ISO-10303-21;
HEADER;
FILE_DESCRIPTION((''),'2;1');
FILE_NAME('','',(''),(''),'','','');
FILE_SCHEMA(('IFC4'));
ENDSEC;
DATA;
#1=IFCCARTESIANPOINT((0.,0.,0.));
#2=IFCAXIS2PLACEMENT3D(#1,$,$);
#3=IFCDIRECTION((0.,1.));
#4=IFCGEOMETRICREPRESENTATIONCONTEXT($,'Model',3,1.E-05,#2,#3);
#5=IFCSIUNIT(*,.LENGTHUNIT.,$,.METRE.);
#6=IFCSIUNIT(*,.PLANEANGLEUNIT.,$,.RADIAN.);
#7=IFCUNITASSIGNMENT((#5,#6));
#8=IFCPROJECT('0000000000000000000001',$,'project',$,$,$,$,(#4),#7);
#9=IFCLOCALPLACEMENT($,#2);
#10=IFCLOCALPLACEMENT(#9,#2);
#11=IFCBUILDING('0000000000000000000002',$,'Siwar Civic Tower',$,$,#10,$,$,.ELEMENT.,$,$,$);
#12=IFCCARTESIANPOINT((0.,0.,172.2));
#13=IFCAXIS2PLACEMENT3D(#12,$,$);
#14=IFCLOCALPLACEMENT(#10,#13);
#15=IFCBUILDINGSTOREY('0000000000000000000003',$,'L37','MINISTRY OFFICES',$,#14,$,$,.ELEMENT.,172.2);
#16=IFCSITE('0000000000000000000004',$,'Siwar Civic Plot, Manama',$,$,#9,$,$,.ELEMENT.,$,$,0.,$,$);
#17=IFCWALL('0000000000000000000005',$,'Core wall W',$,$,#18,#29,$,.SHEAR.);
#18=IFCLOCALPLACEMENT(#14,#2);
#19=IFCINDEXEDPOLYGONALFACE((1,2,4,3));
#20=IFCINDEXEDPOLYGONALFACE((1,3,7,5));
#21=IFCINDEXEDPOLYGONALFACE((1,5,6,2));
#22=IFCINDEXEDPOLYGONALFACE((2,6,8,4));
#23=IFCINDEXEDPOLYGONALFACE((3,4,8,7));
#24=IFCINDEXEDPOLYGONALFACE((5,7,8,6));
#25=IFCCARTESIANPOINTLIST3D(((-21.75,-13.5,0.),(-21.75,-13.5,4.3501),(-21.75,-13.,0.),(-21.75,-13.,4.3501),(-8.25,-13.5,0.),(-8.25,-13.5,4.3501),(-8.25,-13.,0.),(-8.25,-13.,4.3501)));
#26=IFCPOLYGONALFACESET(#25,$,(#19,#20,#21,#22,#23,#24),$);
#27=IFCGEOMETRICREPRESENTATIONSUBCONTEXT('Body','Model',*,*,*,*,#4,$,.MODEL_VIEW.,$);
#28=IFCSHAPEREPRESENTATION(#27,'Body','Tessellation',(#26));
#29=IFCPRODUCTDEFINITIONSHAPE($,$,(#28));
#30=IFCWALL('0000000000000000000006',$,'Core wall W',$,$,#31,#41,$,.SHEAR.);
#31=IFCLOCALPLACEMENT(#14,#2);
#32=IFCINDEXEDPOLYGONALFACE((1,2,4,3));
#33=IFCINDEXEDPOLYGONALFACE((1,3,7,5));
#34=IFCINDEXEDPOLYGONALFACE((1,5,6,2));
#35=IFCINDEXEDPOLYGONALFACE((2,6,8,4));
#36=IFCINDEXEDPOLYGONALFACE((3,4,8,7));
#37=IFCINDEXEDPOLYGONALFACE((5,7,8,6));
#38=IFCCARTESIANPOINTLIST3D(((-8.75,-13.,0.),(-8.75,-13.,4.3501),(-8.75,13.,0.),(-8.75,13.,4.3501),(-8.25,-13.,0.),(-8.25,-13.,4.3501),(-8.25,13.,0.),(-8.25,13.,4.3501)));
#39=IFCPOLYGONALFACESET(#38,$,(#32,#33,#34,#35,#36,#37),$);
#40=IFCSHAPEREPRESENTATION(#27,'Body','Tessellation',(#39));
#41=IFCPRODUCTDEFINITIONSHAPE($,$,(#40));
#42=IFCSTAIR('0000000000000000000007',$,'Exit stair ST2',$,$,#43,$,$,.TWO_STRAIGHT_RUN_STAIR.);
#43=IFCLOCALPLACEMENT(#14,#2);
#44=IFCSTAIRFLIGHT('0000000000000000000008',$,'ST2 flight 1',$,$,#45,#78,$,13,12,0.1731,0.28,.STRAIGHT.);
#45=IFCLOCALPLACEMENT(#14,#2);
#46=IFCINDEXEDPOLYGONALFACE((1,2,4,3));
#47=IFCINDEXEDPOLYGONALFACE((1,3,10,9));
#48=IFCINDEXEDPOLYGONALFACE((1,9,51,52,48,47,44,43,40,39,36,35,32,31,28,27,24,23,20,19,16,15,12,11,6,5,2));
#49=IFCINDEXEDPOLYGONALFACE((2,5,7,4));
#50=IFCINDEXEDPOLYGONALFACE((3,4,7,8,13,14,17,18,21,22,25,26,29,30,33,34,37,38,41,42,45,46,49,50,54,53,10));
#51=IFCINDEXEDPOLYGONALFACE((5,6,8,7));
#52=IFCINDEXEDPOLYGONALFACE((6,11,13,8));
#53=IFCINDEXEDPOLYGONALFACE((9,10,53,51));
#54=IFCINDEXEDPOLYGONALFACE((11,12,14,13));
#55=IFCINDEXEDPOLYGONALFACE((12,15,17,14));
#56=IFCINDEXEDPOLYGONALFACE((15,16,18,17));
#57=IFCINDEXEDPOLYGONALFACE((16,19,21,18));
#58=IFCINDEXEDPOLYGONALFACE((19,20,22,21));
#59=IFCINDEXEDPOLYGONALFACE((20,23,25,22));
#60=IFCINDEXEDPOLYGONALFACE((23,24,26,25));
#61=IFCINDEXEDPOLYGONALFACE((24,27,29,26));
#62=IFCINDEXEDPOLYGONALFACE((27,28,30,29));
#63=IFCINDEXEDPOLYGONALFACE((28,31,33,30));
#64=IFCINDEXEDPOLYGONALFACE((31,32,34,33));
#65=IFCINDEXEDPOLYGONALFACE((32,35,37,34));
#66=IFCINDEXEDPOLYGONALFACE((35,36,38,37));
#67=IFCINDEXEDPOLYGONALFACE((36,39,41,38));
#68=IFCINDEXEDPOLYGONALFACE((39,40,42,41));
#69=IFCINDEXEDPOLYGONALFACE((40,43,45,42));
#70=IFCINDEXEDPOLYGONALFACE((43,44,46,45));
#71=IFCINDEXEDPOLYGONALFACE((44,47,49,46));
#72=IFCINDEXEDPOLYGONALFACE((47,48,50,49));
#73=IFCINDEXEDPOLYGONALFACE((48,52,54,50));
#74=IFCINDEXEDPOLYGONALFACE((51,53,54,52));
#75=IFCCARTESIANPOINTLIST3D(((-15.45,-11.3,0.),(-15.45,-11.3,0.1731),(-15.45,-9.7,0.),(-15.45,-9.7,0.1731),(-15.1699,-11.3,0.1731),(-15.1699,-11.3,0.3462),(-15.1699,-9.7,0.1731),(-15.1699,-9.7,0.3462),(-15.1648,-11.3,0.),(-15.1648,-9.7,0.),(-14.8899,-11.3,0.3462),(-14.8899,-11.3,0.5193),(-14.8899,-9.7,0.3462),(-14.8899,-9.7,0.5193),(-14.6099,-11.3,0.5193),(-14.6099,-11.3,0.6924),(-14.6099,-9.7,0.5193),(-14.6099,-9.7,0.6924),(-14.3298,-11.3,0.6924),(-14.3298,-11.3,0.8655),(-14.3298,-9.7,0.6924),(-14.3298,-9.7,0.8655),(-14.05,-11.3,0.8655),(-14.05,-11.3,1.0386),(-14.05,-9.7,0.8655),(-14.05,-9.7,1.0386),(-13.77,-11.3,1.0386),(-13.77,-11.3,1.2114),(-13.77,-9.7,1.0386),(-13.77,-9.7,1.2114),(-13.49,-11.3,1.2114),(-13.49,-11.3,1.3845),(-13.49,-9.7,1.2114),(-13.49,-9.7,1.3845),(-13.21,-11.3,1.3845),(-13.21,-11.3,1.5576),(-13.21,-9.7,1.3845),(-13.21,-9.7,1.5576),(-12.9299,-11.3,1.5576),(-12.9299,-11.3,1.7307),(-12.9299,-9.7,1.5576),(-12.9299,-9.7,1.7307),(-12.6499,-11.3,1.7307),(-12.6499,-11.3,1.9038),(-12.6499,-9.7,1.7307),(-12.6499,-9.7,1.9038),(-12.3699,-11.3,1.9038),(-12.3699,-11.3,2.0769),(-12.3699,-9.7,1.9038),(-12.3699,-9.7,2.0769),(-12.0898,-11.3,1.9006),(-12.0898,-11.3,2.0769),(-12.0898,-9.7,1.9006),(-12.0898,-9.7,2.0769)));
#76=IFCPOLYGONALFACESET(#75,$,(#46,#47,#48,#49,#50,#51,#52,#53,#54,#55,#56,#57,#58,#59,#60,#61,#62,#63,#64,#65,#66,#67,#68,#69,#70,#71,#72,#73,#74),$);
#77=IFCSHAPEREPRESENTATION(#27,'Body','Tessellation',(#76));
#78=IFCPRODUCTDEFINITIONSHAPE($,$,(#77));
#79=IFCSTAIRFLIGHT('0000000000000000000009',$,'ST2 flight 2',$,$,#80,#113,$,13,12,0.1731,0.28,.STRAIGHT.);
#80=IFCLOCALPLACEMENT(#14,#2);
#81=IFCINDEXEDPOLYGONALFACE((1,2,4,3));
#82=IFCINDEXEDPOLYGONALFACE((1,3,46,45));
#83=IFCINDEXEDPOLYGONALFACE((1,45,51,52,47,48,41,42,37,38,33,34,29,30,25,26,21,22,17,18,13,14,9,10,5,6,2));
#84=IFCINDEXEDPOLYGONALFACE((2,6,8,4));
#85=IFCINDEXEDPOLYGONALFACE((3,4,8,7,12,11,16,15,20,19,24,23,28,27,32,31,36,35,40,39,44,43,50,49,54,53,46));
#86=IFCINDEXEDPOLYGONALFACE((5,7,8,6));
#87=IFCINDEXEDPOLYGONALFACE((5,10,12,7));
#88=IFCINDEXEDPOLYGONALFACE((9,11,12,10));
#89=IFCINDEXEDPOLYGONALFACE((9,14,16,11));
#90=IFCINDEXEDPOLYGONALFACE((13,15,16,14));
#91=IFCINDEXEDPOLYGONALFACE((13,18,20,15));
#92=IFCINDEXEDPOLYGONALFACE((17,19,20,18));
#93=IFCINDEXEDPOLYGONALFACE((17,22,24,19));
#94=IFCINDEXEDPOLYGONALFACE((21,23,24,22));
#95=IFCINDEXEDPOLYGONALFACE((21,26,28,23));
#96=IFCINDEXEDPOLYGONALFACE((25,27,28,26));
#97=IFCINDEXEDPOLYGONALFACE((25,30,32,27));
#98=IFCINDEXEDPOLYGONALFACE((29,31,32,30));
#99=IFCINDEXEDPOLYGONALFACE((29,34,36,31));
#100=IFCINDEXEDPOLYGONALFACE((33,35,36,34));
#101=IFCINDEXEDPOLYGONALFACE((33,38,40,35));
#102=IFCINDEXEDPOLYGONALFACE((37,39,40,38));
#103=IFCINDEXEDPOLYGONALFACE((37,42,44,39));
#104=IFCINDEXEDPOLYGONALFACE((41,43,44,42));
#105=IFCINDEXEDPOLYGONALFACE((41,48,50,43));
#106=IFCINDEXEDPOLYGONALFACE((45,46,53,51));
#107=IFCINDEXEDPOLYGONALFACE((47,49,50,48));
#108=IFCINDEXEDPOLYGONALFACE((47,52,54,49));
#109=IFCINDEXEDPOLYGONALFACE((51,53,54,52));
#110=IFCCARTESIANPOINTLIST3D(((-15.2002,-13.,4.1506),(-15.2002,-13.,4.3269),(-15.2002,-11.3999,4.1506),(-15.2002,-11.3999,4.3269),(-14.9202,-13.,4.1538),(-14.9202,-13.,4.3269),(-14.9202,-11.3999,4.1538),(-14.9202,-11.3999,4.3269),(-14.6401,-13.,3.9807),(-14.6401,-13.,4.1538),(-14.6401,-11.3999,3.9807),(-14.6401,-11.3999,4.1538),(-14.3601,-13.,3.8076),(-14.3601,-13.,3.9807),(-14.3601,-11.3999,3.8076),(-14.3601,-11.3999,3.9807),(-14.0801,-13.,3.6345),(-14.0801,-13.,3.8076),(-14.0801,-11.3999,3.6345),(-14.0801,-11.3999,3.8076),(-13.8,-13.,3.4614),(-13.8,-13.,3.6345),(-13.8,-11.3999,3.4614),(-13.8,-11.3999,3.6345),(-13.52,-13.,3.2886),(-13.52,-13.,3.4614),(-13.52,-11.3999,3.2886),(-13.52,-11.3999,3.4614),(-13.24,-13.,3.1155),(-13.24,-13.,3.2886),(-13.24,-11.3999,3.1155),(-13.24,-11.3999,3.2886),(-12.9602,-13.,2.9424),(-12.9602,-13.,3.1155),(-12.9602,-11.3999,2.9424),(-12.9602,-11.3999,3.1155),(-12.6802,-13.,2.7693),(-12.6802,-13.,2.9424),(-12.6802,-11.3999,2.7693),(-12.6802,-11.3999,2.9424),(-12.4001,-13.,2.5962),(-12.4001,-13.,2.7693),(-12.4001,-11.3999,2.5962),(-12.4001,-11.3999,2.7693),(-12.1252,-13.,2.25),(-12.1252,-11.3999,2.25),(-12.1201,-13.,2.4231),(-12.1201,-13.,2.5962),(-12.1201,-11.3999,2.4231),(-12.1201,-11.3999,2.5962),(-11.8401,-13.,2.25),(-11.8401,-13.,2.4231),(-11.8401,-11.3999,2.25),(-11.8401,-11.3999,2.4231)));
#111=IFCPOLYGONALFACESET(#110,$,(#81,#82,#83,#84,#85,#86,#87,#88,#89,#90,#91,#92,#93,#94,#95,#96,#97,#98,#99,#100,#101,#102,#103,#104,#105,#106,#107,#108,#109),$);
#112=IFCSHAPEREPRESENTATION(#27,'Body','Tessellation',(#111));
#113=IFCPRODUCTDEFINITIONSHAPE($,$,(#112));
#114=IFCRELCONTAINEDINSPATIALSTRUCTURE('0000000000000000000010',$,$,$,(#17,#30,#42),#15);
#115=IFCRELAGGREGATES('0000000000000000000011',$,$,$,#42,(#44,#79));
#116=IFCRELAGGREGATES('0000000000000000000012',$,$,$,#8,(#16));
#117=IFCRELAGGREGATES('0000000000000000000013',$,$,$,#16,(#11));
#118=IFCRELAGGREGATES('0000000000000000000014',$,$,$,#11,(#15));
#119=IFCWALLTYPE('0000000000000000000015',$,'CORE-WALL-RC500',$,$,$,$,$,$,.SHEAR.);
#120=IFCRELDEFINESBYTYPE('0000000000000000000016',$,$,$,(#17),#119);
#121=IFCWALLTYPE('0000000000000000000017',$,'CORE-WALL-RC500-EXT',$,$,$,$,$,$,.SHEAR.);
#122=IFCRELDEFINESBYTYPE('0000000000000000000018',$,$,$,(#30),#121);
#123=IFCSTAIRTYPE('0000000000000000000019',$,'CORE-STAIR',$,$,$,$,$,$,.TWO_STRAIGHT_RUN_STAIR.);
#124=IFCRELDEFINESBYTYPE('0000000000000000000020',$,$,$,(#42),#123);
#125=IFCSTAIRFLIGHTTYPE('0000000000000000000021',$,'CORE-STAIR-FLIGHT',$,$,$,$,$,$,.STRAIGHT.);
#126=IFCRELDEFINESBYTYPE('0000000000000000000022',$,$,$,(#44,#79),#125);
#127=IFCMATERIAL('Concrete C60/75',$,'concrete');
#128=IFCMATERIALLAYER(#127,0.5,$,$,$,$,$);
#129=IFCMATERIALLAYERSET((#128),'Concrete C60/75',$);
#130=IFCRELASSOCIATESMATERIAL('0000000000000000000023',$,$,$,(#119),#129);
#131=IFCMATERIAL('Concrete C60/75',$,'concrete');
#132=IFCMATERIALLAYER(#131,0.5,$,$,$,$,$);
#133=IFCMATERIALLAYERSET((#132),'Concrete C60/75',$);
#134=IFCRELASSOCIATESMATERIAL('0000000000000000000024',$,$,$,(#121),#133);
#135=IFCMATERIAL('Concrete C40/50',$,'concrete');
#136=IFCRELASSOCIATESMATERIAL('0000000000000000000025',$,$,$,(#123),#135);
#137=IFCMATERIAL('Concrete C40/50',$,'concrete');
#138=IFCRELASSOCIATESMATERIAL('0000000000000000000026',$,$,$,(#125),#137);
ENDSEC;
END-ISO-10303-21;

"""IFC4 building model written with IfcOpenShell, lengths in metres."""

from ifc_helpers import new_model, si_unit, direction, frame, frame_2d, origin, place, context, subcontext, project, spatial, polyline, rectangle, outline, extrude, material, layer, layer_set, type_object, element, aggregate, save


model = new_model("IFC4")

# Units and contexts
model_context = context("Model", 3, precision=1e-05, world=origin(), true_north=direction((0.0, 1.0)))
body_context = subcontext(model_context, "Body", "Model", "MODEL_VIEW")
ifc_project = project(units=[si_unit("LENGTHUNIT", "METRE"), si_unit("PLANEANGLEUNIT", "RADIAN")], contexts=[model_context])

# Site, building, storey
site_placement = place(None, origin())
site = spatial("IfcSite", under=ifc_project, at=site_placement, Name="Siwar Civic Plot, Manama", CompositionType="ELEMENT", RefElevation=0.0)
building_placement = place(site_placement, origin())
building = spatial("IfcBuilding", under=site, at=building_placement, Name="Siwar Civic Tower", CompositionType="ELEMENT")
storey_placement = place(building_placement, frame((0.0, 0.0, 172.2)))
storey = spatial("IfcBuildingStorey", under=building, at=storey_placement, Name="L37", Description="MINISTRY OFFICES", CompositionType="ELEMENT", Elevation=172.2)

# Walls
ifc_material_1 = material(Name="Concrete C60/75", Category="concrete")
ifc_layer_1 = layer(ifc_material_1, 0.5)
ifc_layer_set_1 = layer_set([ifc_layer_1], Name="Concrete C60/75")
wall_type_1 = type_object("IfcWallType", Name="CORE-WALL-RC500", PredefinedType="SHEAR", material=ifc_layer_set_1)
wall_1_placement = place(storey_placement, frame((-8.25, -13.25, 0.0), z_axis=(0.0, 0.0, 1.0), x_axis=(-1.0, 0.0, 0.0)))
element("IfcWall", 1, at=wall_1_placement, inside=storey, type_object=wall_type_1, Name="Core wall W", PredefinedType="SHEAR", context=body_context, shape_type="SweptSolid", body=[
    extrude(rectangle(XDim=13.5, YDim=0.5, at=frame_2d((6.75, 0.0))), origin(), (0.0, 0.0, 1.0), 4.3501),
])
ifc_material_2 = material(Name="Concrete C60/75", Category="concrete")
ifc_layer_2 = layer(ifc_material_2, 0.5)
ifc_layer_set_2 = layer_set([ifc_layer_2], Name="Concrete C60/75")
wall_type_2 = type_object("IfcWallType", Name="CORE-WALL-RC500-EXT", PredefinedType="SHEAR", material=ifc_layer_set_2)
wall_2_placement = place(storey_placement, frame((-8.5, -13.0, 0.0), z_axis=(0.0, 0.0, 1.0), x_axis=(0.0, 1.0, 0.0)))
element("IfcWall", 2, at=wall_2_placement, inside=storey, type_object=wall_type_2, Name="Core wall W", PredefinedType="SHEAR", context=body_context, shape_type="SweptSolid", body=[
    extrude(rectangle(XDim=26.0, YDim=0.5, at=frame_2d((13.0, 0.0))), origin(), (0.0, 0.0, 1.0), 4.3501),
])

# Stair, stair flights
ifc_material_3 = material(Name="Concrete C40/50", Category="concrete")
stair_type = type_object("IfcStairType", Name="CORE-STAIR", PredefinedType="TWO_STRAIGHT_RUN_STAIR", material=ifc_material_3)
stair_placement = place(storey_placement, origin())
stair = element("IfcStair", 3, at=stair_placement, inside=storey, type_object=stair_type, Name="Exit stair ST2", PredefinedType="TWO_STRAIGHT_RUN_STAIR")
ifc_material_4 = material(Name="Concrete C40/50", Category="concrete")
stair_flight_type = type_object("IfcStairFlightType", Name="CORE-STAIR-FLIGHT", PredefinedType="STRAIGHT", material=ifc_material_4)
stair_flight_1_placement = place(storey_placement, frame((-15.45, -10.5, 0.0), z_axis=(0.0, 0.0, 1.0), x_axis=(1.0, 0.0, 0.0)))
stair_flight_1 = element("IfcStairFlight", 4, at=stair_flight_1_placement, type_object=stair_flight_type, Name="ST2 flight 1", NumberOfRisers=13, NumberOfTreads=12, PredefinedType="STRAIGHT", RiserHeight=0.1731, TreadLength=0.28, context=body_context, shape_type="SweptSolid", body=[
    extrude(outline(polyline([(0.0, 0.0), (0.0, 0.1731), (0.28, 0.1731), (0.28, 0.3462), (0.5601, 0.3462), (0.5601, 0.5193), (0.8401, 0.5193), (0.8401, 0.6924), (1.1201, 0.6924), (1.1201, 0.8655), (1.3999, 0.8655), (1.3999, 1.0386), (1.6799, 1.0386), (1.6799, 1.2114), (1.96, 1.2114), (1.96, 1.3845), (2.24, 1.3845), (2.24, 1.5576), (2.52, 1.5576), (2.52, 1.7307), (2.8, 1.7307), (2.8, 1.9038), (3.0801, 1.9038), (3.0801, 2.0769), (3.3601, 2.0769), (3.3601, 2.25), (3.3601, 1.9006), (0.2852, 0.0), (0.0, 0.0)])), frame((0.0, 0.8, 0.0), z_axis=(0.0, -1.0, 0.0), x_axis=(1.0, 0.0, 0.0)), (0.0, 0.0, 1.0), 1.6001),
])
stair_flight_2_placement = place(storey_placement, frame((-11.8401, -12.2, 2.25), z_axis=(0.0, 0.0, 1.0), x_axis=(-1.0, 0.0, 0.0)))
stair_flight_2 = element("IfcStairFlight", 5, at=stair_flight_2_placement, type_object=stair_flight_type, Name="ST2 flight 2", NumberOfRisers=13, NumberOfTreads=12, PredefinedType="STRAIGHT", RiserHeight=0.1731, TreadLength=0.28, context=body_context, shape_type="SweptSolid", body=[
    extrude(outline(polyline([(0.0, 0.0), (0.0, 0.1731), (0.28, 0.1731), (0.28, 0.3462), (0.5601, 0.3462), (0.5601, 0.5193), (0.8401, 0.5193), (0.8401, 0.6924), (1.1201, 0.6924), (1.1201, 0.8655), (1.3999, 0.8655), (1.3999, 1.0386), (1.6799, 1.0386), (1.6799, 1.2114), (1.96, 1.2114), (1.96, 1.3845), (2.24, 1.3845), (2.24, 1.5576), (2.52, 1.5576), (2.52, 1.7307), (2.8, 1.7307), (2.8, 1.9038), (3.0801, 1.9038), (3.0801, 2.0769), (3.3601, 2.0769), (3.3601, 2.25), (3.3601, 1.9006), (0.2852, 0.0), (0.0, 0.0)])), frame((0.0, 0.8, 0.0), z_axis=(0.0, -1.0, 0.0), x_axis=(1.0, 0.0, 0.0)), (0.0, 0.0, 1.0), 1.6001),
])
aggregate(stair, [stair_flight_1, stair_flight_2])

save(model, "model.ifc")
